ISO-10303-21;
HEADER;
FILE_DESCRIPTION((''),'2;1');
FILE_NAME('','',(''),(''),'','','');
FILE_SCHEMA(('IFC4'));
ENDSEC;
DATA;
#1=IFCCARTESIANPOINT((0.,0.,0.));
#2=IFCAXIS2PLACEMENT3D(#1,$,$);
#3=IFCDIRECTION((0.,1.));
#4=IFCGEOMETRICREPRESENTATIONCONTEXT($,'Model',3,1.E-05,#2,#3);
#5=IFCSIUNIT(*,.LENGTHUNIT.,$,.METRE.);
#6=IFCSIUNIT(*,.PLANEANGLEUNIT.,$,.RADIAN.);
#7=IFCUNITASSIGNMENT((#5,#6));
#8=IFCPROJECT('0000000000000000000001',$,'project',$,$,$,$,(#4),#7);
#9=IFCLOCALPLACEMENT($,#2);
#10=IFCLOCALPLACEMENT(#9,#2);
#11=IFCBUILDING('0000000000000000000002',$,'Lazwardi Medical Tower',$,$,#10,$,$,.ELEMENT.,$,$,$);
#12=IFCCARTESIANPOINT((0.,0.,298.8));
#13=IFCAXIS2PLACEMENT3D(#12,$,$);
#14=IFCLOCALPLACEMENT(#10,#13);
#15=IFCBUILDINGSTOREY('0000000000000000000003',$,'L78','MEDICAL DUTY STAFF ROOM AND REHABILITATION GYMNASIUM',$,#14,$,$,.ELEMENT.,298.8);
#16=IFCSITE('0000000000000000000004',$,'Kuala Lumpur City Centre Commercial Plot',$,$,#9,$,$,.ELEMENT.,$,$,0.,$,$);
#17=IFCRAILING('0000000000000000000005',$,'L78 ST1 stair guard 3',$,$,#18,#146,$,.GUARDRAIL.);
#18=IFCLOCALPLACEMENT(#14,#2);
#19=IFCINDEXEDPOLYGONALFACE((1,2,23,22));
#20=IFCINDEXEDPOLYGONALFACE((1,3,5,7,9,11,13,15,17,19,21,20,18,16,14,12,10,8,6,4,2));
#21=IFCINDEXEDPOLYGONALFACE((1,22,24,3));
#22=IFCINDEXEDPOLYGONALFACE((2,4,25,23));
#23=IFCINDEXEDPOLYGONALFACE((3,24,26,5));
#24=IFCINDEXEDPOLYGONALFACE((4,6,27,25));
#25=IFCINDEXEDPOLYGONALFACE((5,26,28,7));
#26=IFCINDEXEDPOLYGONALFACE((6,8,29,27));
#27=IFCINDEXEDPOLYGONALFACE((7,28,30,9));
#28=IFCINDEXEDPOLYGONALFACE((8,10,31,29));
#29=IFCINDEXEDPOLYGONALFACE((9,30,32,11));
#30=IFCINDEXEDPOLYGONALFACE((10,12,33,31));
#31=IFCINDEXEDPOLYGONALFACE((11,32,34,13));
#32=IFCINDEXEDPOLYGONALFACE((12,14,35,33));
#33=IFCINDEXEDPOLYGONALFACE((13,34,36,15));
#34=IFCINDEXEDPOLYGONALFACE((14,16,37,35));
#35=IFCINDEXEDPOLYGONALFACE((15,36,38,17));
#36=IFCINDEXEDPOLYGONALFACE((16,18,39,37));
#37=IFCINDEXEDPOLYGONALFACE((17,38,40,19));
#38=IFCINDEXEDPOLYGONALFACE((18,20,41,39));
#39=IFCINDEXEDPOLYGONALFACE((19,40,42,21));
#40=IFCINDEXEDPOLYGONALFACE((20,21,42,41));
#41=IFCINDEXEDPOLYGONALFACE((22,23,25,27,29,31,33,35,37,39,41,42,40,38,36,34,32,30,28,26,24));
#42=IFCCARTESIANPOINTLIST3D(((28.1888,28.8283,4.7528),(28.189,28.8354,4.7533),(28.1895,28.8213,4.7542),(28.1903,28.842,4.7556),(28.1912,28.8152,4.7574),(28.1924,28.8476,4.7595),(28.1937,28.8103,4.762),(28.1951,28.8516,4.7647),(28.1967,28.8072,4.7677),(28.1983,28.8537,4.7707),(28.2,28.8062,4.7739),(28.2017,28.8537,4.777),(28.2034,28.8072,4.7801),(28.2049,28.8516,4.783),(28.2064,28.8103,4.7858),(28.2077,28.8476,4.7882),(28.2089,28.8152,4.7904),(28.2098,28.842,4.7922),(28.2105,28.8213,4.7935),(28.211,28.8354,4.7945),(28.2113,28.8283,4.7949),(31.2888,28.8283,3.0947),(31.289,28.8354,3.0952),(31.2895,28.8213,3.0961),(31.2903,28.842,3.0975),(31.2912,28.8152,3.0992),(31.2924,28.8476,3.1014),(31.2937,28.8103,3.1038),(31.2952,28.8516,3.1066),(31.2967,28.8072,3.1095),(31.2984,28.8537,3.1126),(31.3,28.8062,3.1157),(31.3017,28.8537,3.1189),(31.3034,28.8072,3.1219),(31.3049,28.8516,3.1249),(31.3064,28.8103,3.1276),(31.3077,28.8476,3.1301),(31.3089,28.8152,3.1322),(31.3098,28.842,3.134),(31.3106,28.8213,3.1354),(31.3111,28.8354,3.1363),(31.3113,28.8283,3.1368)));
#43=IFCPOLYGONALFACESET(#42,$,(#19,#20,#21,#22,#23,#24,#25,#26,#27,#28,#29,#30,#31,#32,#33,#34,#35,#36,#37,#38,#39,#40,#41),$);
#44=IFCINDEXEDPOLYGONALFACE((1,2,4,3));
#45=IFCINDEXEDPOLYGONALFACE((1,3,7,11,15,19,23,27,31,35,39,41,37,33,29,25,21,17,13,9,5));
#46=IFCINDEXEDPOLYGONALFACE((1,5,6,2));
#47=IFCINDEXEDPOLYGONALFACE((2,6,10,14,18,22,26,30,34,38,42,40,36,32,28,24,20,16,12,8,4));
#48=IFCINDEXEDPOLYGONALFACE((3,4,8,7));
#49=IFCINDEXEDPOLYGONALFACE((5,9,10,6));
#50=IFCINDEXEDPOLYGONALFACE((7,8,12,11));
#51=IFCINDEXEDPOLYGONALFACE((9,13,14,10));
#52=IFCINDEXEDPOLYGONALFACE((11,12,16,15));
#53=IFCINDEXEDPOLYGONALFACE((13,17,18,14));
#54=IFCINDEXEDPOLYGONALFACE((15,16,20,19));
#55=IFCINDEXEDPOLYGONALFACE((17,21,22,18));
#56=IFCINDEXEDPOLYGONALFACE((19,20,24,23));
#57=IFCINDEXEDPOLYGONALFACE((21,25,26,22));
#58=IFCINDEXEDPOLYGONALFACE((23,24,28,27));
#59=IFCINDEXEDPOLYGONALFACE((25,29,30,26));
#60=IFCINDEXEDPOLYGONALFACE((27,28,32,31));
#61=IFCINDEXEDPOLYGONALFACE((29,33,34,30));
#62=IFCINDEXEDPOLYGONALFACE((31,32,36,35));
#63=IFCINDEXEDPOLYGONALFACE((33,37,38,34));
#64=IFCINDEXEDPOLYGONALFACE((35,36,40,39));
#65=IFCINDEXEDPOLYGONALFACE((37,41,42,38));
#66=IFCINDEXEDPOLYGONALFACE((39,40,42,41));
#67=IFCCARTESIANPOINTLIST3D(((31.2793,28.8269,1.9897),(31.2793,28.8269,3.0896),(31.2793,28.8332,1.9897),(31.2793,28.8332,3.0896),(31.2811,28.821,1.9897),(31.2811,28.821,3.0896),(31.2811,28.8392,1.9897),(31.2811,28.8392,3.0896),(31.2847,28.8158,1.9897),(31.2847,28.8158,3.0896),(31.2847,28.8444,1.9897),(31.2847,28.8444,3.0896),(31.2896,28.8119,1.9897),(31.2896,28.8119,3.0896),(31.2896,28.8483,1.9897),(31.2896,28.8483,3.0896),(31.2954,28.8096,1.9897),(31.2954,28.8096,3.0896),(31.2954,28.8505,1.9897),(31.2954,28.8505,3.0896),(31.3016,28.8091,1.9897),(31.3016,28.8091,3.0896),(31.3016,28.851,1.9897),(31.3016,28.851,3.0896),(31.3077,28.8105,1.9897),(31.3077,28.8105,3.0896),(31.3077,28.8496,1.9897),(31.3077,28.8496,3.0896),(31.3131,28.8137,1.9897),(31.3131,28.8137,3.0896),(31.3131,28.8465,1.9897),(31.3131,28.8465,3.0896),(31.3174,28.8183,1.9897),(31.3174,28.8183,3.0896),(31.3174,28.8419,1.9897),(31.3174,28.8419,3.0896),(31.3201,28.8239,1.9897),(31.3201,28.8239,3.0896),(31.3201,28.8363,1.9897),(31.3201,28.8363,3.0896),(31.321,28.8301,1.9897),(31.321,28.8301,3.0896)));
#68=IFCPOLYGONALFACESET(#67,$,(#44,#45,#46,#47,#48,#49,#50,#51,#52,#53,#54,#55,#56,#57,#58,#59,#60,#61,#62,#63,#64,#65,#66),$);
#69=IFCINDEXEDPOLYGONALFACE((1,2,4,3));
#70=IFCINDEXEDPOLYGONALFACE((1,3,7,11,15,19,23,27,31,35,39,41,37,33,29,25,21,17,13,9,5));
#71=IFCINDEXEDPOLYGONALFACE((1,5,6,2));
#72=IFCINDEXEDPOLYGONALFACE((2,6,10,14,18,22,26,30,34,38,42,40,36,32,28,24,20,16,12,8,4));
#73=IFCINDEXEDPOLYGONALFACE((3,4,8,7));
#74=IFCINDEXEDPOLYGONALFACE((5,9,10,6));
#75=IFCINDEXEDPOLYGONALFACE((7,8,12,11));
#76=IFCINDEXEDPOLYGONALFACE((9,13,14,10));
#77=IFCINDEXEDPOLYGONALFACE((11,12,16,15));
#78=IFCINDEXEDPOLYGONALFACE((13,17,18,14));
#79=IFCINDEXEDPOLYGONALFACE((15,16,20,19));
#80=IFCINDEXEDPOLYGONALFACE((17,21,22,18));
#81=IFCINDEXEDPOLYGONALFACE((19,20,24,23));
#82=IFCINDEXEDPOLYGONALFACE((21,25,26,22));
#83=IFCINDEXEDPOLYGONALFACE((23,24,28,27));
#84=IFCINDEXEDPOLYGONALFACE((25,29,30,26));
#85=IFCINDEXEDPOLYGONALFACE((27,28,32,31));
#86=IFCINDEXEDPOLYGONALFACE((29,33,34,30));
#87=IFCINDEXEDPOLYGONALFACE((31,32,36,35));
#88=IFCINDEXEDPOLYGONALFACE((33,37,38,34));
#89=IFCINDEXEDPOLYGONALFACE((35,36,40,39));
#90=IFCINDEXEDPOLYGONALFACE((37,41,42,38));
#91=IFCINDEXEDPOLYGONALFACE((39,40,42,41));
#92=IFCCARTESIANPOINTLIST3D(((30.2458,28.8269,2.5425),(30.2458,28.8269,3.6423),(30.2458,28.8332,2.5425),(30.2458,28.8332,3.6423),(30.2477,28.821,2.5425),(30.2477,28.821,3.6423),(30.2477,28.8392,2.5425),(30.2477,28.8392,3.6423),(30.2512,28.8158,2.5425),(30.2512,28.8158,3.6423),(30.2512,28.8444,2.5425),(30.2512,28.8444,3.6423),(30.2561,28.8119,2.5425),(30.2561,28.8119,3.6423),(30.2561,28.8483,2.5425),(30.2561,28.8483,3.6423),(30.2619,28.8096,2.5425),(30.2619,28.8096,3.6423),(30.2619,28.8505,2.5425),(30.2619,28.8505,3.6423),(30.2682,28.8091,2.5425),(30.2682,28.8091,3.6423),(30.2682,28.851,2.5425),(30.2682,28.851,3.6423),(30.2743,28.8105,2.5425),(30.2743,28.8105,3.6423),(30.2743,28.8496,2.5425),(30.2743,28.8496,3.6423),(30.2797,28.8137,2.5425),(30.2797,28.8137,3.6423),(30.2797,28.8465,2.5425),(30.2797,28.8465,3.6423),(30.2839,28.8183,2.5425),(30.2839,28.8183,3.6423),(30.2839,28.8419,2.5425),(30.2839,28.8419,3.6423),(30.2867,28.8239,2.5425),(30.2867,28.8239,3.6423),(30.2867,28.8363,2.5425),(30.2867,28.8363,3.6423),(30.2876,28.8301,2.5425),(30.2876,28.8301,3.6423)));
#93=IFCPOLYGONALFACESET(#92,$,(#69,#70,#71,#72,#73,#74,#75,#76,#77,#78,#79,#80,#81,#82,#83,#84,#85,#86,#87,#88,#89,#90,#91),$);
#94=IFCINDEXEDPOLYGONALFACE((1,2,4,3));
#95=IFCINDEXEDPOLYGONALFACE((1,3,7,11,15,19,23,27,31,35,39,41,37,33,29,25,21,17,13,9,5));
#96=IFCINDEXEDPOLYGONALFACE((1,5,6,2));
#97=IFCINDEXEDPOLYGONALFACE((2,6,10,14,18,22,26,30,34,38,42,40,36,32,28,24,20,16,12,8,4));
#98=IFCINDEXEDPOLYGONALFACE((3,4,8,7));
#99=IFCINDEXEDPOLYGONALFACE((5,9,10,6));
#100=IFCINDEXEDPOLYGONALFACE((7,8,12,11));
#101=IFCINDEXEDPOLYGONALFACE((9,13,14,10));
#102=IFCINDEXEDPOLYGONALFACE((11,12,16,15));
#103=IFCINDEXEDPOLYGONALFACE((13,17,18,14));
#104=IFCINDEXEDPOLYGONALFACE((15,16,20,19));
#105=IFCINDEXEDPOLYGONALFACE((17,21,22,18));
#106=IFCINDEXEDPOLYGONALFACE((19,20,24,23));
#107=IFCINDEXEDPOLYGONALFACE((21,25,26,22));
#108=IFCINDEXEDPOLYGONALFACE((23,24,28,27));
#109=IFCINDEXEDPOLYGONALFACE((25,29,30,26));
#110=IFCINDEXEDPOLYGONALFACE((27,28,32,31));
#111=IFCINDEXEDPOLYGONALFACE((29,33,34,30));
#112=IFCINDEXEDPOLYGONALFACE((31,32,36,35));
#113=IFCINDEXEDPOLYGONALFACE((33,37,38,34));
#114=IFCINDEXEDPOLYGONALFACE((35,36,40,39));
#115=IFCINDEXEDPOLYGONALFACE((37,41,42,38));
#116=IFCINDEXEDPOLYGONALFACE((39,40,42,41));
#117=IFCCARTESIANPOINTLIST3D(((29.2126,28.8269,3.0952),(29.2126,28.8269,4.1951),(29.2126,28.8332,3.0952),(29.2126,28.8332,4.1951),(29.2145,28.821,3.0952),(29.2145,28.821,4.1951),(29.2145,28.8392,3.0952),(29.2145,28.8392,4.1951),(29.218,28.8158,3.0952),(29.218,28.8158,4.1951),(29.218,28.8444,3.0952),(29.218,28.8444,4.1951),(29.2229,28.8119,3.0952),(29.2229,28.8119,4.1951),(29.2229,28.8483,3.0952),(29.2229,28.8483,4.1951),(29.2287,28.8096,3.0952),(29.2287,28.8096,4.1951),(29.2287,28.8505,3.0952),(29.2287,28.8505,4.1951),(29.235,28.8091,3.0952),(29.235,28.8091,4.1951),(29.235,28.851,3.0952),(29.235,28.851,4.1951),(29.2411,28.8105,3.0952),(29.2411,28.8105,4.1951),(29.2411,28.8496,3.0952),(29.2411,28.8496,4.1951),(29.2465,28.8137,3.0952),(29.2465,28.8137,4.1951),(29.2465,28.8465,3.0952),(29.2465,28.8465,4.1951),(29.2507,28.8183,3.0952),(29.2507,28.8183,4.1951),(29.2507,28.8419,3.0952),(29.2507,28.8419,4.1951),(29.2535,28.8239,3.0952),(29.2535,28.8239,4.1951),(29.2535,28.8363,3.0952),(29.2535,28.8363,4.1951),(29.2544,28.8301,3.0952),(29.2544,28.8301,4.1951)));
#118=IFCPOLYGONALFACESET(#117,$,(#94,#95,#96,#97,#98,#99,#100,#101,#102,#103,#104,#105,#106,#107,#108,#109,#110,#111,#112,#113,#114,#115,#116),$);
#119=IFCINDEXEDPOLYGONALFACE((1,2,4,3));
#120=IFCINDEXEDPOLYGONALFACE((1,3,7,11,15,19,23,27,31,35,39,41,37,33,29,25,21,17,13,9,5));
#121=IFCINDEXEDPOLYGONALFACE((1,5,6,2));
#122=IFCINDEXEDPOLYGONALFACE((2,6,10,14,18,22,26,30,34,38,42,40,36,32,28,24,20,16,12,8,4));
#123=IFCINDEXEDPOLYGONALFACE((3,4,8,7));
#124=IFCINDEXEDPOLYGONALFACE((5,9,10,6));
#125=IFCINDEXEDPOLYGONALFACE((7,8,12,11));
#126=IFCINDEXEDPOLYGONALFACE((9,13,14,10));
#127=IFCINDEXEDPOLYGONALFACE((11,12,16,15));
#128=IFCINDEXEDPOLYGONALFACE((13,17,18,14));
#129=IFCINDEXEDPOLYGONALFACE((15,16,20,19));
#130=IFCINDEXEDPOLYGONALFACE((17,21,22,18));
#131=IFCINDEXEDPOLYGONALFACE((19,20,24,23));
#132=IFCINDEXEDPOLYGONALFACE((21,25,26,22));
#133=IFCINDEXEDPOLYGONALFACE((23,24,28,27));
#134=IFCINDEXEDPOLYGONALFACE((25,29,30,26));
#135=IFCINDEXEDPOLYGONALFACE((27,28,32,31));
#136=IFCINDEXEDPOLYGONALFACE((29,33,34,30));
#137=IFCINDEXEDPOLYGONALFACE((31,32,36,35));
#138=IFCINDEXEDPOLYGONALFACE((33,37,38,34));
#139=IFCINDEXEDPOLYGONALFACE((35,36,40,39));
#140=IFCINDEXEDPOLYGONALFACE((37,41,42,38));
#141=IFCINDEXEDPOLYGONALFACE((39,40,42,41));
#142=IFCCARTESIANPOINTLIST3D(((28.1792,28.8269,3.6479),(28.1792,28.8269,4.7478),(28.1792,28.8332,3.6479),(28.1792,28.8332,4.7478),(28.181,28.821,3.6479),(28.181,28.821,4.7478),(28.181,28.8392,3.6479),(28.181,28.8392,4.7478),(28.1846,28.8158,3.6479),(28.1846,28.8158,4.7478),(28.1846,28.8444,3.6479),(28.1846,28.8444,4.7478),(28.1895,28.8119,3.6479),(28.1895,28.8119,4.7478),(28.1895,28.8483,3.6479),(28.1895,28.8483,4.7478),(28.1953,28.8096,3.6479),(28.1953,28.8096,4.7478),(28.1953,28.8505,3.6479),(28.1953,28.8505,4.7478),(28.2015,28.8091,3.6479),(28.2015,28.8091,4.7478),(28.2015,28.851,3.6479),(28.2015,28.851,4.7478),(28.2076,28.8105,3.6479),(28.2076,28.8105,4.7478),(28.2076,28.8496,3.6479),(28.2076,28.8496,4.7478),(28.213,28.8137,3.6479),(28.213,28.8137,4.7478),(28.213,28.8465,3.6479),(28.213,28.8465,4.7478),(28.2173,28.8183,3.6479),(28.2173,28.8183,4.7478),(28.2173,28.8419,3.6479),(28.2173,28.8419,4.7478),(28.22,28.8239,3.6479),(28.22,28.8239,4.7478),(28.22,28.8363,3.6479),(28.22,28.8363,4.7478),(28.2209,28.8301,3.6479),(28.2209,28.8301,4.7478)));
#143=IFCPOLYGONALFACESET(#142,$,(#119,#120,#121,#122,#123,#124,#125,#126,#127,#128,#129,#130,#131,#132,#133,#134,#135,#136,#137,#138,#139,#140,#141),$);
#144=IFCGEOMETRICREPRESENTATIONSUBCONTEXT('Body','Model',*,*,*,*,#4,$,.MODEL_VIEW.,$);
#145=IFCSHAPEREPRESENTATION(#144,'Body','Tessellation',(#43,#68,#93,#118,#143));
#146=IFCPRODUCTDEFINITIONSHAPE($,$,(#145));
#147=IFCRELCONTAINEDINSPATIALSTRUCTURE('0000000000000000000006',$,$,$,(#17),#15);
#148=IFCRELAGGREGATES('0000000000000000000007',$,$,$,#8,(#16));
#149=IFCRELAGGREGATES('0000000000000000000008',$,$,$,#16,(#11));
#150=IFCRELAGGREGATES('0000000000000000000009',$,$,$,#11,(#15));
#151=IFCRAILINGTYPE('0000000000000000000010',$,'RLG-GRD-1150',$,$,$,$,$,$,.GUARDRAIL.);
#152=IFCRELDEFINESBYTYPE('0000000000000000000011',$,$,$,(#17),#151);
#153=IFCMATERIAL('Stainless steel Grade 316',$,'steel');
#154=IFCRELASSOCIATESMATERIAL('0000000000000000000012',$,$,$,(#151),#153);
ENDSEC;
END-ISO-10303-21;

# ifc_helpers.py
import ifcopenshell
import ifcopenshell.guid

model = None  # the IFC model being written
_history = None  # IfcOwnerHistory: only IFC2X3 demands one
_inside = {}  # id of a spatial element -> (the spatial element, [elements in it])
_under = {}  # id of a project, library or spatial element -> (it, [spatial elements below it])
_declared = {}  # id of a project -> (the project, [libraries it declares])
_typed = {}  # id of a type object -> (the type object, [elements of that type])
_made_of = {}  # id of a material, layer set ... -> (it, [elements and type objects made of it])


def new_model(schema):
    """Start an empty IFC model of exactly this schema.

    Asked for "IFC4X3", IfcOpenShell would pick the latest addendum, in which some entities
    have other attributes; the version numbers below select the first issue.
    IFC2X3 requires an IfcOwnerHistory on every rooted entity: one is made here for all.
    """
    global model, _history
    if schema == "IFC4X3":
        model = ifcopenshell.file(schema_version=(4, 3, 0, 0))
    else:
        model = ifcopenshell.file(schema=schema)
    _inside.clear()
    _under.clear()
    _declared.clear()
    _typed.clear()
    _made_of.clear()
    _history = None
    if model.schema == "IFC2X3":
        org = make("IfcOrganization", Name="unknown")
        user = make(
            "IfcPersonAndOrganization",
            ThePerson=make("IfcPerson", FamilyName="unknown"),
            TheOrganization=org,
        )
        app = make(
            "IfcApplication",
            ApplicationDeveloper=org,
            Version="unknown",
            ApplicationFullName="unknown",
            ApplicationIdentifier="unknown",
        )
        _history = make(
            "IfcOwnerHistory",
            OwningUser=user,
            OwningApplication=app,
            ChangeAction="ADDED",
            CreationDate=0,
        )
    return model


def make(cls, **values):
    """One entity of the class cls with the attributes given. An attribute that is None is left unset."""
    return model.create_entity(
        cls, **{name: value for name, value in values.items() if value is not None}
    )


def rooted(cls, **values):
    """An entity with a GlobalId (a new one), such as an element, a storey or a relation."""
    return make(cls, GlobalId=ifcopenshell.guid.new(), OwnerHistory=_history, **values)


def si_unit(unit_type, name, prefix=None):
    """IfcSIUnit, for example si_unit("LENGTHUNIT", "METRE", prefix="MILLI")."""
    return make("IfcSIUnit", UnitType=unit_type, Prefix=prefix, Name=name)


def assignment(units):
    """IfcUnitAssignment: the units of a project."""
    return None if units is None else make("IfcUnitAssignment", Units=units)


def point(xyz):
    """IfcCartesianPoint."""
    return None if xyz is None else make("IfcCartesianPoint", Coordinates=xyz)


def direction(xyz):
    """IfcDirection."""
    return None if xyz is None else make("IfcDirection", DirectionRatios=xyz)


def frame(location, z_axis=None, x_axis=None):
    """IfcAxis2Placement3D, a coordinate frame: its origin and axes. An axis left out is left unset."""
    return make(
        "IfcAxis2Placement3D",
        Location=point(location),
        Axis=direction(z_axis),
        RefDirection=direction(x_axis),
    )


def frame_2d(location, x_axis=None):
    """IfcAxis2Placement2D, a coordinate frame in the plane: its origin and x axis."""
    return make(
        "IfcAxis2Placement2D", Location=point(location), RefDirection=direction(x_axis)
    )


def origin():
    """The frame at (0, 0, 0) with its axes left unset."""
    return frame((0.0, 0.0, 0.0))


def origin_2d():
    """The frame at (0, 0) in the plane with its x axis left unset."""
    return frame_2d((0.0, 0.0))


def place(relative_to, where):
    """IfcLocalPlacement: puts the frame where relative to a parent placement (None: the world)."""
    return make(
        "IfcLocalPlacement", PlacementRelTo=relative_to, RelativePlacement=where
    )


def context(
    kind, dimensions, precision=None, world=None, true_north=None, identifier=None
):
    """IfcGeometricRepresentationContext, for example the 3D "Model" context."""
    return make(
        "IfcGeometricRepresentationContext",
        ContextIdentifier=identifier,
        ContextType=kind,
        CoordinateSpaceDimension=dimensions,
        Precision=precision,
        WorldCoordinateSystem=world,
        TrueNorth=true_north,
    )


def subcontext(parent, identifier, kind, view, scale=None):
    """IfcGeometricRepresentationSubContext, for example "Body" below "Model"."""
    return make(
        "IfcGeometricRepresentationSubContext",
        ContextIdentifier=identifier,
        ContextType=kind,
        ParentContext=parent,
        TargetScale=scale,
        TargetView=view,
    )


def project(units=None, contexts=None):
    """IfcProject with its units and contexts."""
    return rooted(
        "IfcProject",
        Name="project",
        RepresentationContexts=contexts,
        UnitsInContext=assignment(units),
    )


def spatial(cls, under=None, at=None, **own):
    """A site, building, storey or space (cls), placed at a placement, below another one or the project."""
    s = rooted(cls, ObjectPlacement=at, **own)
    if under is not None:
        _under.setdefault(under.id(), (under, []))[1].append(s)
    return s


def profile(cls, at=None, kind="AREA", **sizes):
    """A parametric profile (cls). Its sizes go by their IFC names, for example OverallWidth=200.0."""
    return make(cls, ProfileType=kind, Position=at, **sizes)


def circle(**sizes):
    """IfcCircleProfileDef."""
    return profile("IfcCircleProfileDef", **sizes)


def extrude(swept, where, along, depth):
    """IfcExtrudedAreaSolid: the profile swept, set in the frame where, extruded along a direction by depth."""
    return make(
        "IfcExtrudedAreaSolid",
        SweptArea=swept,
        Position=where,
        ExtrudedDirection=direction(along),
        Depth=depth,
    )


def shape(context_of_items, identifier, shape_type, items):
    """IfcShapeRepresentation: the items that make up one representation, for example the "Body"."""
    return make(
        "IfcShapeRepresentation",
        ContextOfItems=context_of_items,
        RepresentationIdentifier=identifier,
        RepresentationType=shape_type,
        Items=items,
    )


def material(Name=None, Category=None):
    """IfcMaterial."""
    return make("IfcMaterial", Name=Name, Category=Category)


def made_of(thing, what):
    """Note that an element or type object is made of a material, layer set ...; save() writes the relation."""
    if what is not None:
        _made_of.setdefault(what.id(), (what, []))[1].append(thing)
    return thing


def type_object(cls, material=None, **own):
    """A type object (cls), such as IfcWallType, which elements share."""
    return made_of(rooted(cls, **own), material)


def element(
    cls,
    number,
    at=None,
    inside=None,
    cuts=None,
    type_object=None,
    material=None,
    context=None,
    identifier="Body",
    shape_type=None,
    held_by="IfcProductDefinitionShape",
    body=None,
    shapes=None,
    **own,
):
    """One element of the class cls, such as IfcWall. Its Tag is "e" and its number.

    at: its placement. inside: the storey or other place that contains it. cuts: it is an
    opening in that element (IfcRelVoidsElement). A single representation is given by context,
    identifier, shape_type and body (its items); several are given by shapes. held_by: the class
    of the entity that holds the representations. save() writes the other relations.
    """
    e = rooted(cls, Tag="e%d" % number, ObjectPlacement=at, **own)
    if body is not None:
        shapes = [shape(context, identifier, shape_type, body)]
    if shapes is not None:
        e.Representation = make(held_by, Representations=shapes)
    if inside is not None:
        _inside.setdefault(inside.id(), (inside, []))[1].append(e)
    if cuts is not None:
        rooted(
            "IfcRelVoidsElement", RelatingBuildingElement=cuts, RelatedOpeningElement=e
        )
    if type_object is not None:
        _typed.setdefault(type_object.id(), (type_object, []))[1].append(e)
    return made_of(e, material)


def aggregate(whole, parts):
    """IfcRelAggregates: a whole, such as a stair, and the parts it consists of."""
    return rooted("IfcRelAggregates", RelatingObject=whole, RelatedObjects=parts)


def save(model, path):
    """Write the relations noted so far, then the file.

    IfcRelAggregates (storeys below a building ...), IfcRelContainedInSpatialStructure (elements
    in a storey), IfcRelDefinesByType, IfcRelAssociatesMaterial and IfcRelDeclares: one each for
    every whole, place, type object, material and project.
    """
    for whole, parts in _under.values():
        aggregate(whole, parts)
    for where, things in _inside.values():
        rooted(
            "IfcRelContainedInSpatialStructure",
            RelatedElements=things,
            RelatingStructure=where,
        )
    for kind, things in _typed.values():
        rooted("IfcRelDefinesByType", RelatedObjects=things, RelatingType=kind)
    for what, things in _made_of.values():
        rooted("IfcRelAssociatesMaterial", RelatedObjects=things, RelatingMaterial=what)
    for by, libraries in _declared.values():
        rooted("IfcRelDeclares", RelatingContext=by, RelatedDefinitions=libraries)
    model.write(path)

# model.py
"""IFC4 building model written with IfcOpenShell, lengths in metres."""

from ifc_helpers import new_model, si_unit, direction, frame, origin, origin_2d, place, context, subcontext, project, spatial, circle, extrude, material, type_object, element, save


model = new_model("IFC4")

# Units and contexts
model_context = context("Model", 3, precision=1e-05, world=origin(), true_north=direction((0.0, 1.0)))
body_context = subcontext(model_context, "Body", "Model", "MODEL_VIEW")
ifc_project = project(units=[si_unit("LENGTHUNIT", "METRE"), si_unit("PLANEANGLEUNIT", "RADIAN")], contexts=[model_context])

# Site, building, storey
site_placement = place(None, origin())
site = spatial("IfcSite", under=ifc_project, at=site_placement, Name="Kuala Lumpur City Centre Commercial Plot", CompositionType="ELEMENT", RefElevation=0.0)
building_placement = place(site_placement, origin())
building = spatial("IfcBuilding", under=site, at=building_placement, Name="Lazwardi Medical Tower", CompositionType="ELEMENT")
storey_placement = place(building_placement, frame((0.0, 0.0, 298.8)))
storey = spatial("IfcBuildingStorey", under=building, at=storey_placement, Name="L78", Description="MEDICAL DUTY STAFF ROOM AND REHABILITATION GYMNASIUM", CompositionType="ELEMENT", Elevation=298.8)

# Railing
ifc_material_1 = material(Name="Stainless steel Grade 316", Category="steel")
railing_type_1 = type_object("IfcRailingType", Name="RLG-GRD-1150", PredefinedType="GUARDRAIL", material=ifc_material_1)
railing_1_placement = place(storey_placement, frame((31.3, 28.8301, 1.9897)))
element("IfcRailing", 1, at=railing_1_placement, inside=storey, type_object=railing_type_1, Name="L78 ST1 stair guard 3", PredefinedType="GUARDRAIL", context=body_context, shape_type="SweptSolid", body=[
    extrude(circle(Radius=0.0239, at=origin_2d()), frame((0.0, 0.0, 1.126), z_axis=(-0.881783, 0.0, 0.471655), x_axis=(0.0, -1.0, 0.0)), (0.0, 0.0, 1.0), 3.5156),
    extrude(circle(Radius=0.021, at=origin_2d()), origin(), (0.0, 0.0, 1.0), 1.0999),
    extrude(circle(Radius=0.021, at=origin_2d()), frame((-1.0334, 0.0, 0.5527)), (0.0, 0.0, 1.0), 1.0999),
    extrude(circle(Radius=0.021, at=origin_2d()), frame((-2.0667, 0.0, 1.1055)), (0.0, 0.0, 1.0), 1.0999),
    extrude(circle(Radius=0.021, at=origin_2d()), frame((-3.1001, 0.0, 1.6582)), (0.0, 0.0, 1.0), 1.0999),
])

save(model, "model.ifc")
